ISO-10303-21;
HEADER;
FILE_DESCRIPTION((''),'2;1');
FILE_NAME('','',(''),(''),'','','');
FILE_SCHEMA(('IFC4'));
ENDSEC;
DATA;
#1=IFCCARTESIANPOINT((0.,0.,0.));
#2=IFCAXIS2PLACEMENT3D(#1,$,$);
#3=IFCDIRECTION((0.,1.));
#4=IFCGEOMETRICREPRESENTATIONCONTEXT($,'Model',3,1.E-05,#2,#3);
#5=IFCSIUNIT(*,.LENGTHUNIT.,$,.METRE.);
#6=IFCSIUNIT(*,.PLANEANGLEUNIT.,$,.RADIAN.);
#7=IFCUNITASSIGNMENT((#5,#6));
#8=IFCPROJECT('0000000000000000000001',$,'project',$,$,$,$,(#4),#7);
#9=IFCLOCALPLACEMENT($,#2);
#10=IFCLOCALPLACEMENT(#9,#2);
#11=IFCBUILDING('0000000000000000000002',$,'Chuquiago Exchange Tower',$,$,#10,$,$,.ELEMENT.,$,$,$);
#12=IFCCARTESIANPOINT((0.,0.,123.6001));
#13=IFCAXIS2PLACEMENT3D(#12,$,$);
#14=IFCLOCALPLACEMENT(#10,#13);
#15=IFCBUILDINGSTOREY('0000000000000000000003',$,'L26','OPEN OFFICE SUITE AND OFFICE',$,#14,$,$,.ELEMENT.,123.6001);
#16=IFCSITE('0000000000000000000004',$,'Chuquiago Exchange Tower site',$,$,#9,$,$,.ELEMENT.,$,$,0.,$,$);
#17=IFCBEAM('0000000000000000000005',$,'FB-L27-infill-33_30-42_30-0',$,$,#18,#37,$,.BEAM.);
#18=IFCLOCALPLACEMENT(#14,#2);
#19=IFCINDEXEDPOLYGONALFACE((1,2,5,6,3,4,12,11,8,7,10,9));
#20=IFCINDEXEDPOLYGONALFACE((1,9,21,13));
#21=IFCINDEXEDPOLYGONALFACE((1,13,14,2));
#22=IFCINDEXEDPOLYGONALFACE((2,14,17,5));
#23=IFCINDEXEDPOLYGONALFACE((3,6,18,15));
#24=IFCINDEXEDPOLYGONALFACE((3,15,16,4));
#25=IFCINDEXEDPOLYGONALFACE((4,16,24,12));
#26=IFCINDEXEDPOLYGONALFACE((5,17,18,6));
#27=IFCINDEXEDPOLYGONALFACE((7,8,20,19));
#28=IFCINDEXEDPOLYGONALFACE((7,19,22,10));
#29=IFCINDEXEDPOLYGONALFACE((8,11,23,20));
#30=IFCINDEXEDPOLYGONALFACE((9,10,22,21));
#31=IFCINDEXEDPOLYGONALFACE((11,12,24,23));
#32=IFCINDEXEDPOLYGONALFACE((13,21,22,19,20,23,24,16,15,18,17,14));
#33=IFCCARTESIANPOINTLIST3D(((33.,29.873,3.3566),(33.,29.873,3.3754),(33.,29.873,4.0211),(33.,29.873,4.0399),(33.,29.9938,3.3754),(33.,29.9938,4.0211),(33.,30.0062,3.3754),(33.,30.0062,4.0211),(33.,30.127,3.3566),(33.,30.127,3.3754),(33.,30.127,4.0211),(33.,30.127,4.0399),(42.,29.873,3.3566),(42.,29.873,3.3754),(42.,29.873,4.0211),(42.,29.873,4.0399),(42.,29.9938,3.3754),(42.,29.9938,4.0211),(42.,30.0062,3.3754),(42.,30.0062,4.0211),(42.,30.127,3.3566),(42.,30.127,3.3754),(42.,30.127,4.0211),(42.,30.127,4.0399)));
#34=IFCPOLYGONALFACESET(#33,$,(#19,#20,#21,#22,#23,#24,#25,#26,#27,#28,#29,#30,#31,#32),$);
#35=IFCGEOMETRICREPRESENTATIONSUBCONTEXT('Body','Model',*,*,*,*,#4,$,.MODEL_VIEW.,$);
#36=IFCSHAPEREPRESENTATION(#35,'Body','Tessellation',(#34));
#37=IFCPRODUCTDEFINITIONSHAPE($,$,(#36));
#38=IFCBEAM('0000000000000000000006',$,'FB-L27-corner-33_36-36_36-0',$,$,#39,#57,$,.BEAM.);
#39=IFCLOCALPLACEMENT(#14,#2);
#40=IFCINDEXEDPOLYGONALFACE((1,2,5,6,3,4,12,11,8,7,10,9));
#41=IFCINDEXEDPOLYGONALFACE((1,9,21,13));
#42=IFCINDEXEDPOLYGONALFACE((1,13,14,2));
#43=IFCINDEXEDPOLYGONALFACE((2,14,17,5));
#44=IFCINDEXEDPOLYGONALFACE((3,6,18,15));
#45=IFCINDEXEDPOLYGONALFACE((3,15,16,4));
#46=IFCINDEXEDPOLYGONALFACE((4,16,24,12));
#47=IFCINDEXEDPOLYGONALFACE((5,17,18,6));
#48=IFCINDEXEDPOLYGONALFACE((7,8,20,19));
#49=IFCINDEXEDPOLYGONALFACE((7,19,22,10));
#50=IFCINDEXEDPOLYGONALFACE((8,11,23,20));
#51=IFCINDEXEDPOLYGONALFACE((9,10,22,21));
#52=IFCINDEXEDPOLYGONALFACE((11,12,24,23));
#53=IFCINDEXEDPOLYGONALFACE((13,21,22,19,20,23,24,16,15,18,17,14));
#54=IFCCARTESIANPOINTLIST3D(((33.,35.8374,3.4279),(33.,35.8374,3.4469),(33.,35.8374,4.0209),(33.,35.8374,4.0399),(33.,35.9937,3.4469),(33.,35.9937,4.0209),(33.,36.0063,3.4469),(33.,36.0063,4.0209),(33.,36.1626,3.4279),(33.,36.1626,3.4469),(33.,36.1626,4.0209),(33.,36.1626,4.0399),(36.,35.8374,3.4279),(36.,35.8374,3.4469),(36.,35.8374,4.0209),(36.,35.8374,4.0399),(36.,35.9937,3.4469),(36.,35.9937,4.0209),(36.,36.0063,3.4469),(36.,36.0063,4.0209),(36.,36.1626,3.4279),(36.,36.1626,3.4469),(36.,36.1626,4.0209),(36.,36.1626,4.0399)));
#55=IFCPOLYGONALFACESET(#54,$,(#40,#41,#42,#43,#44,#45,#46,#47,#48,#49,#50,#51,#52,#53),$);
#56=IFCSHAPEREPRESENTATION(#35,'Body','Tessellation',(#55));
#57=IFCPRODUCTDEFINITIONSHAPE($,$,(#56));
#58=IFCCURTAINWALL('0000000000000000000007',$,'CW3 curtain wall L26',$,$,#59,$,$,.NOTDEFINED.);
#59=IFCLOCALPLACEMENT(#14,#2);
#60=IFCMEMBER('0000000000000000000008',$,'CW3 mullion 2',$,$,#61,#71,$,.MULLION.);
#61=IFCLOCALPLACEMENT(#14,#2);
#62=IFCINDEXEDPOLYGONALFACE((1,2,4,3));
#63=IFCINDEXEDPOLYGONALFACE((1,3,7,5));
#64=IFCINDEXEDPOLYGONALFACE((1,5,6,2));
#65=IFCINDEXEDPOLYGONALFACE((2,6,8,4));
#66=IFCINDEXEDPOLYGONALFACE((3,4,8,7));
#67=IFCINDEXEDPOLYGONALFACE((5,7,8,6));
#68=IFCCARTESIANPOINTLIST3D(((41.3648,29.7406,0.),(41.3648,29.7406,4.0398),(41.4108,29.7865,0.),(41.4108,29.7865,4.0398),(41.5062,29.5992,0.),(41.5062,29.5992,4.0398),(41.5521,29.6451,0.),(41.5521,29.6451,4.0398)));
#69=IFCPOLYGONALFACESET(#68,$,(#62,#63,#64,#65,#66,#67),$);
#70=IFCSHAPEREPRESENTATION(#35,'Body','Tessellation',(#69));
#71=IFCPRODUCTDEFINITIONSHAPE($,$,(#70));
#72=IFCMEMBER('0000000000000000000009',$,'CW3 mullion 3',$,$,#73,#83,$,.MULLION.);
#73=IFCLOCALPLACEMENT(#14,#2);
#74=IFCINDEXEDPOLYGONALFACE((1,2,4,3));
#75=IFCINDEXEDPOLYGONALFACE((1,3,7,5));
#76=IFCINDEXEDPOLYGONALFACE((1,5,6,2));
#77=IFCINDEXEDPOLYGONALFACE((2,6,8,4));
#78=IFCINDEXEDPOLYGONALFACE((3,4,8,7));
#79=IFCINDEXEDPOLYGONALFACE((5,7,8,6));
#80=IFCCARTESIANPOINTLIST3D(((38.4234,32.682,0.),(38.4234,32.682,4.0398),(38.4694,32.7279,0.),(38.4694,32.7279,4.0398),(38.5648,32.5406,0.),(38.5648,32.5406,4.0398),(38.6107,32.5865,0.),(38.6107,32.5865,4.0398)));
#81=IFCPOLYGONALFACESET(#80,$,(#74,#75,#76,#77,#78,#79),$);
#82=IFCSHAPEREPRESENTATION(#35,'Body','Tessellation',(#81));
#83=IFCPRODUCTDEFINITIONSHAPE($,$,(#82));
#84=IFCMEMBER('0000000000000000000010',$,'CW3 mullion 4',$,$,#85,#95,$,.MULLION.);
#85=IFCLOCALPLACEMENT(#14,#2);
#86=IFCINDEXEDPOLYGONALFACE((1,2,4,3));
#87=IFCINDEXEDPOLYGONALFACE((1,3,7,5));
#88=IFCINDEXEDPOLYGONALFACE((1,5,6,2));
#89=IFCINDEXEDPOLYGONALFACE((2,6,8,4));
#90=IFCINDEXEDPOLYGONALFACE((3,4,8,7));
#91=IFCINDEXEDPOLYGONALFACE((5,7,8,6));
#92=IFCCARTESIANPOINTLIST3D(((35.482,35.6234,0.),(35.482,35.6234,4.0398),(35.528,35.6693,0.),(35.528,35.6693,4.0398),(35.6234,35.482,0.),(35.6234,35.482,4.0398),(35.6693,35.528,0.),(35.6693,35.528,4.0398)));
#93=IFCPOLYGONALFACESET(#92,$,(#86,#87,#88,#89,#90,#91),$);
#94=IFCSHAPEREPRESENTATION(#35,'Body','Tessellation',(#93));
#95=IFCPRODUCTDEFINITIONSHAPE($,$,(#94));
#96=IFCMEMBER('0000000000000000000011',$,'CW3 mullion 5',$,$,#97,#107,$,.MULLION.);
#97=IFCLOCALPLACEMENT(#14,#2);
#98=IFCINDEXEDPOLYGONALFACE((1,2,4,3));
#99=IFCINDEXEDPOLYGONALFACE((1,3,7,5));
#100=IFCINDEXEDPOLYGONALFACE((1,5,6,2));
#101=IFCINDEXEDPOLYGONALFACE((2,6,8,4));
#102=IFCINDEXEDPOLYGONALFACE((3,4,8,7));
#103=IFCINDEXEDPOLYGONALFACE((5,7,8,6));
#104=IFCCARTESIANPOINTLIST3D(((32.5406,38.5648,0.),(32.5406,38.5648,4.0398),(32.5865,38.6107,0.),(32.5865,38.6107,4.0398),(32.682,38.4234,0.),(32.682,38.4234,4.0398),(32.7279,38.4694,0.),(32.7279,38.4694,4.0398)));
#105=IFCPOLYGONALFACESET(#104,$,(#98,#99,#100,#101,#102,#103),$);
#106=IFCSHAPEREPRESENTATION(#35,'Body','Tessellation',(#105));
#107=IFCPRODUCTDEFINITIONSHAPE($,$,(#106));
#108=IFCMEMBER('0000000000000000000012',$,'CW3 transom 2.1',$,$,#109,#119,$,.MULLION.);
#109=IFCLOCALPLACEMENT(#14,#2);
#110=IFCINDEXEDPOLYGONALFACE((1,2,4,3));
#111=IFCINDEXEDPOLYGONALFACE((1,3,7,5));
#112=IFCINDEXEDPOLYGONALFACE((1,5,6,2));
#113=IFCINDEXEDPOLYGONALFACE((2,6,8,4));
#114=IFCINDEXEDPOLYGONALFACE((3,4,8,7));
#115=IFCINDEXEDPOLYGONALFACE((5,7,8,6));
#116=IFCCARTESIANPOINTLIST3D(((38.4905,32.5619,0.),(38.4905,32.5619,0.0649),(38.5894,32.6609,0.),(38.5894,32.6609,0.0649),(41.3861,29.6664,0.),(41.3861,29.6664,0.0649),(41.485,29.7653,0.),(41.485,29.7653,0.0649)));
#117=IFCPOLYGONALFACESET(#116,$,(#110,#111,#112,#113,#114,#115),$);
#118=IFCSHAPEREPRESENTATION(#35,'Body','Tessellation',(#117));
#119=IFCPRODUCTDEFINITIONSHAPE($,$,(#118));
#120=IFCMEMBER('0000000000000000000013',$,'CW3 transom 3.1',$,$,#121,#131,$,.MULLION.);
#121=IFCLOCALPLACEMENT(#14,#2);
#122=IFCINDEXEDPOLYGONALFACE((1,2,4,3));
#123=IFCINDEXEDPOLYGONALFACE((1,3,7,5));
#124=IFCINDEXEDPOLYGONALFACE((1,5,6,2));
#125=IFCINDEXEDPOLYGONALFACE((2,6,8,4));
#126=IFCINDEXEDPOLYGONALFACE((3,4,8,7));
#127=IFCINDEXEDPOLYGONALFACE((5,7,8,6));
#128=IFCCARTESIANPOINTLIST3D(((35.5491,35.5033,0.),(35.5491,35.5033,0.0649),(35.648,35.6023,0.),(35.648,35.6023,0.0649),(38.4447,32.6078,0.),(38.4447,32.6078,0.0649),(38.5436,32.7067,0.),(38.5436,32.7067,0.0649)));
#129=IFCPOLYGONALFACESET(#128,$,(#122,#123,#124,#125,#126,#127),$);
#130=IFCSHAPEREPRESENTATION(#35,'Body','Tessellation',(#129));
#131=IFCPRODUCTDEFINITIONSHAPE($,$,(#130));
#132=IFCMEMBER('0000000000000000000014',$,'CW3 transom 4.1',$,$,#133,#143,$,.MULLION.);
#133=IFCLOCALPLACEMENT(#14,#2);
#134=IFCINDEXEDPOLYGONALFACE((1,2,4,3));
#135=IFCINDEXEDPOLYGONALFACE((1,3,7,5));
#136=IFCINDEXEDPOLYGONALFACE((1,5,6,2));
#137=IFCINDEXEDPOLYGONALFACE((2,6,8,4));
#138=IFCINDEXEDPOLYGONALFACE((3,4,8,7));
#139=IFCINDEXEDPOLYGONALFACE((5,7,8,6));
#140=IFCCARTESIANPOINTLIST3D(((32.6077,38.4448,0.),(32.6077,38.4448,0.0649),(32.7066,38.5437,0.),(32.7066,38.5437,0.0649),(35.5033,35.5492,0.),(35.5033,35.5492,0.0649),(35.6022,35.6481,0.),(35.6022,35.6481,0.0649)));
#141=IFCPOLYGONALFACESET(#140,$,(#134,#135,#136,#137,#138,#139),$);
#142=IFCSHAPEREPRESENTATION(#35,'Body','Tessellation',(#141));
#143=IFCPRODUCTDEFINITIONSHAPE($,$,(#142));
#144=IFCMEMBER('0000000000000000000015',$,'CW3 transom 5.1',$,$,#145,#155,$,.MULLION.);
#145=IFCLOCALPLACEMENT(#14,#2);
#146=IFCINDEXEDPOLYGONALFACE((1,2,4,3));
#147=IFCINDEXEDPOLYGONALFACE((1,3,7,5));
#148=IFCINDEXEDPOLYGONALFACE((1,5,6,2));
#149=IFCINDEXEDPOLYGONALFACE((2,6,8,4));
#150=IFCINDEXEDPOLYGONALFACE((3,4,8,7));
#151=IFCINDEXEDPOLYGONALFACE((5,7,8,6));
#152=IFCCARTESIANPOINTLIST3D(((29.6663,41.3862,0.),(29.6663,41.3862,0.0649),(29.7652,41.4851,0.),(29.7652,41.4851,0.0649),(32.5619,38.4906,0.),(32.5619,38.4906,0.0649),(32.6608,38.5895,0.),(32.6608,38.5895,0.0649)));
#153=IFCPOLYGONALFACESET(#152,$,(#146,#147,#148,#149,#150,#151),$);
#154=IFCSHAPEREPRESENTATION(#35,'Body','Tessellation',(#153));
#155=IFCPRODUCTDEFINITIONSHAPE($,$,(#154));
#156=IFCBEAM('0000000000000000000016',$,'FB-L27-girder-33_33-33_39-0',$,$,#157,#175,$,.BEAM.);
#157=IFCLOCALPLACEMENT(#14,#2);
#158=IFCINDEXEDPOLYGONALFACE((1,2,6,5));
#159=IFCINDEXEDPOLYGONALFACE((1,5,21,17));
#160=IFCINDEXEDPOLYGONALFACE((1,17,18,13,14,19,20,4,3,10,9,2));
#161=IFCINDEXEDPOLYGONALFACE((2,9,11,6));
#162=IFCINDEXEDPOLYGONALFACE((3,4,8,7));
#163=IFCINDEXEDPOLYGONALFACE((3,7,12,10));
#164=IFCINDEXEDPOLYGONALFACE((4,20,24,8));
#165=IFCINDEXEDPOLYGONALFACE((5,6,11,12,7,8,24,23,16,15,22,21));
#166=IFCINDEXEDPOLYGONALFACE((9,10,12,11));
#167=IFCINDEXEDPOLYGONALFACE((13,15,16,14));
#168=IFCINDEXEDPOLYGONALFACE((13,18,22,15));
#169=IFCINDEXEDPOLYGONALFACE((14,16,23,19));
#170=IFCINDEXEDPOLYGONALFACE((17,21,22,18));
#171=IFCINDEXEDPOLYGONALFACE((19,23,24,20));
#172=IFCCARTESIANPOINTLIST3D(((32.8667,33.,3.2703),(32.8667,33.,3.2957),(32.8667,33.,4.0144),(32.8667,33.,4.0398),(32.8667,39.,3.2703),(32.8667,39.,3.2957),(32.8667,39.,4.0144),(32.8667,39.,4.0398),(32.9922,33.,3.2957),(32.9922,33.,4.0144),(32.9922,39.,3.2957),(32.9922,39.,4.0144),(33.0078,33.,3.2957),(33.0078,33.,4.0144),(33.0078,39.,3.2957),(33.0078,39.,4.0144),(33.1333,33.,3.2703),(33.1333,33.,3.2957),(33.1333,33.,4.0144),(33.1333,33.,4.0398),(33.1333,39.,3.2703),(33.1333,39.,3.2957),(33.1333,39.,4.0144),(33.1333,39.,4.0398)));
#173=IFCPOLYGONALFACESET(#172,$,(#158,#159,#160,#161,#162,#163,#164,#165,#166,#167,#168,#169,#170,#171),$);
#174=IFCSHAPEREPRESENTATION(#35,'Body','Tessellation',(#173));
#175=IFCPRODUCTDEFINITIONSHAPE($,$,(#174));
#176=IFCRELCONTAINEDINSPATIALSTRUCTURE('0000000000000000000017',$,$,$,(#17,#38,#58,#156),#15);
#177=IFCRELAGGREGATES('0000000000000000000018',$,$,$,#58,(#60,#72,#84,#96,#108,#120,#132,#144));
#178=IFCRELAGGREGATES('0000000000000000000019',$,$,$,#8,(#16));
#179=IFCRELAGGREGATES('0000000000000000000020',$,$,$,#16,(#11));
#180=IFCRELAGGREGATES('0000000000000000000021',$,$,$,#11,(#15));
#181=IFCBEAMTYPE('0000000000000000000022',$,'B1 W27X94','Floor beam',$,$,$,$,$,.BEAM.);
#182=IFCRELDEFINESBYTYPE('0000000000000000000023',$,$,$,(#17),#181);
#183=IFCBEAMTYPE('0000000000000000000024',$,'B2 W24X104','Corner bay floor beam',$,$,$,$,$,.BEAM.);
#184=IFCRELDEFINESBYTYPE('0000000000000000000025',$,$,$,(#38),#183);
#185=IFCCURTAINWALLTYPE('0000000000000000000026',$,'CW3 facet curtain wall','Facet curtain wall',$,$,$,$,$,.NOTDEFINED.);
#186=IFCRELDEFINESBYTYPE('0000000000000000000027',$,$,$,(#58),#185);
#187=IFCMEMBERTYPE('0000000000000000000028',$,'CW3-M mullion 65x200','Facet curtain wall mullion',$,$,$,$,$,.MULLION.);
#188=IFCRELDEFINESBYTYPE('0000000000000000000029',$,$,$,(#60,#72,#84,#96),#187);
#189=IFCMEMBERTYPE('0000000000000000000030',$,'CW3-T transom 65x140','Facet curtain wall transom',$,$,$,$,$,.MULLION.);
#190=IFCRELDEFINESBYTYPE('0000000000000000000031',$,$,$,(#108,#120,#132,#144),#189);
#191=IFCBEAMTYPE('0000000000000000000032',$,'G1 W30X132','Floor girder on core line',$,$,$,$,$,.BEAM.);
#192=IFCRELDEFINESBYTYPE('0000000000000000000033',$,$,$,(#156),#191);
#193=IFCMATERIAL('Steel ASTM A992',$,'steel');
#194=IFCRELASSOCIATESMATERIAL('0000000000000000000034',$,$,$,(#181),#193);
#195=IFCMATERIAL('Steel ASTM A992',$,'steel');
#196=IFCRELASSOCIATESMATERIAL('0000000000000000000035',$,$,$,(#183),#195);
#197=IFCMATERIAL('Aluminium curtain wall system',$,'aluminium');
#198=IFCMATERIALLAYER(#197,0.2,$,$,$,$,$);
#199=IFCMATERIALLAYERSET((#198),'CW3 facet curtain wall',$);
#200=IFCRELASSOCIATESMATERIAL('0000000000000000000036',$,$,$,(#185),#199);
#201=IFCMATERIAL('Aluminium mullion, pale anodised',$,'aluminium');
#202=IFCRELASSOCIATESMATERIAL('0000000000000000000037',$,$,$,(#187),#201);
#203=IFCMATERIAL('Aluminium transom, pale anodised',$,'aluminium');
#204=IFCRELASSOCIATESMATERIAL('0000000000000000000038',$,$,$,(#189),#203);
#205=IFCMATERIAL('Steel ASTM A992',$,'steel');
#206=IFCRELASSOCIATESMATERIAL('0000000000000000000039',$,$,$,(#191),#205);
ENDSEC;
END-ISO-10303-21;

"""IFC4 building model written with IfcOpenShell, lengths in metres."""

from ifc_helpers import new_model, si_unit, direction, frame, origin, origin_2d, place, context, subcontext, project, spatial, rectangle, i_section, extrude, material, layer, layer_set, material_profile, profile_set, type_object, element, aggregate, save


model = new_model("IFC4")

# Units and contexts
model_context = context("Model", 3, precision=1e-05, world=origin(), true_north=direction((0.0, 1.0)))
body_context = subcontext(model_context, "Body", "Model", "MODEL_VIEW")
ifc_project = project(units=[si_unit("LENGTHUNIT", "METRE"), si_unit("PLANEANGLEUNIT", "RADIAN")], contexts=[model_context])

# Site, building, storey
site_placement = place(None, origin())
site = spatial("IfcSite", under=ifc_project, at=site_placement, Name="Chuquiago Exchange Tower site", CompositionType="ELEMENT", RefElevation=0.0)
building_placement = place(site_placement, origin())
building = spatial("IfcBuilding", under=site, at=building_placement, Name="Chuquiago Exchange Tower", CompositionType="ELEMENT")
storey_placement = place(building_placement, frame((0.0, 0.0, 123.6001)))
storey = spatial("IfcBuildingStorey", under=building, at=storey_placement, Name="L26", Description="OPEN OFFICE SUITE AND OFFICE", CompositionType="ELEMENT", Elevation=123.6001)

# Beams
ifc_material_1 = material(Name="Steel ASTM A992", Category="steel")
ifc_material_profile_1 = material_profile(ifc_material_1, i_section(OverallWidth=0.2539, OverallDepth=0.6833, WebThickness=0.0125, FlangeThickness=0.0188, at=origin_2d()), Name="W27X94")
ifc_profile_set_1 = profile_set([ifc_material_profile_1], Name="Steel ASTM A992")
beam_type_1 = type_object("IfcBeamType", Name="B1 W27X94", Description="Floor beam", PredefinedType="BEAM", material=ifc_profile_set_1)
beam_1_placement = place(storey_placement, frame((33.0, 30.0, 3.6982), z_axis=(1.0, 0.0, 0.0), x_axis=(0.0, 1.0, 0.0)))
element("IfcBeam", 1, at=beam_1_placement, inside=storey, type_object=beam_type_1, Name="FB-L27-infill-33_30-42_30-0", PredefinedType="BEAM", context=body_context, shape_type="SweptSolid", body=[
    extrude(i_section(OverallWidth=0.2539, OverallDepth=0.6833, WebThickness=0.0125, FlangeThickness=0.0188, at=origin_2d()), origin(), (0.0, 0.0, 1.0), 9.0),
])
ifc_material_2 = material(Name="Steel ASTM A992", Category="steel")
ifc_material_profile_2 = material_profile(ifc_material_2, i_section(OverallWidth=0.3252, OverallDepth=0.6121, WebThickness=0.0127, FlangeThickness=0.019, at=origin_2d()), Name="W24X104")
ifc_profile_set_2 = profile_set([ifc_material_profile_2], Name="Steel ASTM A992")
beam_type_2 = type_object("IfcBeamType", Name="B2 W24X104", Description="Corner bay floor beam", PredefinedType="BEAM", material=ifc_profile_set_2)
beam_2_placement = place(storey_placement, frame((33.0, 36.0, 3.7339), z_axis=(1.0, 0.0, 0.0), x_axis=(0.0, 1.0, 0.0)))
element("IfcBeam", 2, at=beam_2_placement, inside=storey, type_object=beam_type_2, Name="FB-L27-corner-33_36-36_36-0", PredefinedType="BEAM", context=body_context, shape_type="SweptSolid", body=[
    extrude(i_section(OverallWidth=0.3252, OverallDepth=0.6121, WebThickness=0.0127, FlangeThickness=0.019, at=origin_2d()), origin(), (0.0, 0.0, 1.0), 3.0),
])

# Curtain wall, members
ifc_material_3 = material(Name="Aluminium curtain wall system", Category="aluminium")
ifc_layer_1 = layer(ifc_material_3, 0.2)
ifc_layer_set_1 = layer_set([ifc_layer_1], Name="CW3 facet curtain wall")
curtain_wall_type = type_object("IfcCurtainWallType", Name="CW3 facet curtain wall", Description="Facet curtain wall", PredefinedType="NOTDEFINED", material=ifc_layer_set_1)
curtain_wall_placement = place(storey_placement, origin())
curtain_wall = element("IfcCurtainWall", 3, at=curtain_wall_placement, inside=storey, type_object=curtain_wall_type, Name="CW3 curtain wall L26", PredefinedType="NOTDEFINED")
ifc_material_4 = material(Name="Aluminium mullion, pale anodised", Category="aluminium")
ifc_material_profile_3 = material_profile(ifc_material_4, rectangle(XDim=0.0649, YDim=0.2, at=origin_2d()), Name="AL 65x200")
ifc_profile_set_3 = profile_set([ifc_material_profile_3], Name="Aluminium mullion, pale anodised")
member_type_1 = type_object("IfcMemberType", Name="CW3-M mullion 65x200", Description="Facet curtain wall mullion", PredefinedType="MULLION", material=ifc_profile_set_3)
member_1_placement = place(storey_placement, frame((41.4585, 29.6929, 0.0), z_axis=(0.0, 0.0, 1.0), x_axis=(-0.707107, -0.707107, 0.0)))
member_1 = element("IfcMember", 4, at=member_1_placement, type_object=member_type_1, Name="CW3 mullion 2", PredefinedType="MULLION", context=body_context, shape_type="SweptSolid", body=[
    extrude(rectangle(XDim=0.0649, YDim=0.2, at=origin_2d()), origin(), (0.0, 0.0, 1.0), 4.0398),
])
member_2_placement = place(storey_placement, frame((38.5171, 32.6343, 0.0), z_axis=(0.0, 0.0, 1.0), x_axis=(-0.707107, -0.707107, 0.0)))
member_2 = element("IfcMember", 5, at=member_2_placement, type_object=member_type_1, Name="CW3 mullion 3", PredefinedType="MULLION", context=body_context, shape_type="SweptSolid", body=[
    extrude(rectangle(XDim=0.0649, YDim=0.2, at=origin_2d()), origin(), (0.0, 0.0, 1.0), 4.0398),
])
member_3_placement = place(storey_placement, frame((35.5757, 35.5757, 0.0), z_axis=(0.0, 0.0, 1.0), x_axis=(-0.707107, -0.707107, 0.0)))
member_3 = element("IfcMember", 6, at=member_3_placement, type_object=member_type_1, Name="CW3 mullion 4", PredefinedType="MULLION", context=body_context, shape_type="SweptSolid", body=[
    extrude(rectangle(XDim=0.0649, YDim=0.2, at=origin_2d()), origin(), (0.0, 0.0, 1.0), 4.0398),
])
member_4_placement = place(storey_placement, frame((32.6343, 38.5171, 0.0), z_axis=(0.0, 0.0, 1.0), x_axis=(-0.707107, -0.707107, 0.0)))
member_4 = element("IfcMember", 7, at=member_4_placement, type_object=member_type_1, Name="CW3 mullion 5", PredefinedType="MULLION", context=body_context, shape_type="SweptSolid", body=[
    extrude(rectangle(XDim=0.0649, YDim=0.2, at=origin_2d()), origin(), (0.0, 0.0, 1.0), 4.0398),
])
ifc_material_5 = material(Name="Aluminium transom, pale anodised", Category="aluminium")
ifc_material_profile_4 = material_profile(ifc_material_5, rectangle(XDim=0.1399, YDim=0.0649, at=origin_2d()), Name="AL 140x65")
ifc_profile_set_4 = profile_set([ifc_material_profile_4], Name="Aluminium transom, pale anodised")
member_type_2 = type_object("IfcMemberType", Name="CW3-T transom 65x140", Description="Facet curtain wall transom", PredefinedType="MULLION", material=ifc_profile_set_4)
member_5_placement = place(storey_placement, frame((41.4355, 29.7158, 0.0325), z_axis=(-0.707107, 0.707107, 0.0), x_axis=(-0.707107, -0.707107, 0.0)))
member_5 = element("IfcMember", 8, at=member_5_placement, type_object=member_type_2, Name="CW3 transom 2.1", PredefinedType="MULLION", context=body_context, shape_type="SweptSolid", body=[
    extrude(rectangle(XDim=0.1399, YDim=0.0649, at=origin_2d()), origin(), (0.0, 0.0, 1.0), 4.095),
])
member_6_placement = place(storey_placement, frame((38.4941, 32.6572, 0.0325), z_axis=(-0.707107, 0.707107, 0.0), x_axis=(-0.707107, -0.707107, 0.0)))
member_6 = element("IfcMember", 9, at=member_6_placement, type_object=member_type_2, Name="CW3 transom 3.1", PredefinedType="MULLION", context=body_context, shape_type="SweptSolid", body=[
    extrude(rectangle(XDim=0.1399, YDim=0.0649, at=origin_2d()), origin(), (0.0, 0.0, 1.0), 4.095),
])
member_7_placement = place(storey_placement, frame((35.5527, 35.5986, 0.0325), z_axis=(-0.707107, 0.707107, 0.0), x_axis=(-0.707107, -0.707107, 0.0)))
member_7 = element("IfcMember", 10, at=member_7_placement, type_object=member_type_2, Name="CW3 transom 4.1", PredefinedType="MULLION", context=body_context, shape_type="SweptSolid", body=[
    extrude(rectangle(XDim=0.1399, YDim=0.0649, at=origin_2d()), origin(), (0.0, 0.0, 1.0), 4.095),
])
member_8_placement = place(storey_placement, frame((32.6113, 38.54, 0.0325), z_axis=(-0.707107, 0.707107, 0.0), x_axis=(-0.707107, -0.707107, 0.0)))
member_8 = element("IfcMember", 11, at=member_8_placement, type_object=member_type_2, Name="CW3 transom 5.1", PredefinedType="MULLION", context=body_context, shape_type="SweptSolid", body=[
    extrude(rectangle(XDim=0.1399, YDim=0.0649, at=origin_2d()), origin(), (0.0, 0.0, 1.0), 4.095),
])

# Beam
ifc_material_6 = material(Name="Steel ASTM A992", Category="steel")
ifc_material_profile_5 = material_profile(ifc_material_6, i_section(OverallWidth=0.2666, OverallDepth=0.7695, WebThickness=0.0156, FlangeThickness=0.0254, at=origin_2d()), Name="W30X132")
ifc_profile_set_5 = profile_set([ifc_material_profile_5], Name="Steel ASTM A992")
beam_type_3 = type_object("IfcBeamType", Name="G1 W30X132", Description="Floor girder on core line", PredefinedType="BEAM", material=ifc_profile_set_5)
for number, where, z_axis, x_axis, name in (
    (12, (33.0, 33.0, 3.655), (0.0, 1.0, 0.0), (-1.0, 0.0, 0.0), "FB-L27-girder-33_33-33_39-0"),
):
    element("IfcBeam", number, at=place(storey_placement, frame(where, z_axis=z_axis, x_axis=x_axis)), inside=storey, type_object=beam_type_3, Name=name, PredefinedType="BEAM", context=body_context, shape_type="SweptSolid", body=[
        extrude(i_section(OverallWidth=0.2666, OverallDepth=0.7695, WebThickness=0.0156, FlangeThickness=0.0254, at=origin_2d()), origin(), (0.0, 0.0, 1.0), 6.0),
    ])

aggregate(curtain_wall, [member_1, member_2, member_3, member_4, member_5, member_6, member_7, member_8])

save(model, "model.ifc")
